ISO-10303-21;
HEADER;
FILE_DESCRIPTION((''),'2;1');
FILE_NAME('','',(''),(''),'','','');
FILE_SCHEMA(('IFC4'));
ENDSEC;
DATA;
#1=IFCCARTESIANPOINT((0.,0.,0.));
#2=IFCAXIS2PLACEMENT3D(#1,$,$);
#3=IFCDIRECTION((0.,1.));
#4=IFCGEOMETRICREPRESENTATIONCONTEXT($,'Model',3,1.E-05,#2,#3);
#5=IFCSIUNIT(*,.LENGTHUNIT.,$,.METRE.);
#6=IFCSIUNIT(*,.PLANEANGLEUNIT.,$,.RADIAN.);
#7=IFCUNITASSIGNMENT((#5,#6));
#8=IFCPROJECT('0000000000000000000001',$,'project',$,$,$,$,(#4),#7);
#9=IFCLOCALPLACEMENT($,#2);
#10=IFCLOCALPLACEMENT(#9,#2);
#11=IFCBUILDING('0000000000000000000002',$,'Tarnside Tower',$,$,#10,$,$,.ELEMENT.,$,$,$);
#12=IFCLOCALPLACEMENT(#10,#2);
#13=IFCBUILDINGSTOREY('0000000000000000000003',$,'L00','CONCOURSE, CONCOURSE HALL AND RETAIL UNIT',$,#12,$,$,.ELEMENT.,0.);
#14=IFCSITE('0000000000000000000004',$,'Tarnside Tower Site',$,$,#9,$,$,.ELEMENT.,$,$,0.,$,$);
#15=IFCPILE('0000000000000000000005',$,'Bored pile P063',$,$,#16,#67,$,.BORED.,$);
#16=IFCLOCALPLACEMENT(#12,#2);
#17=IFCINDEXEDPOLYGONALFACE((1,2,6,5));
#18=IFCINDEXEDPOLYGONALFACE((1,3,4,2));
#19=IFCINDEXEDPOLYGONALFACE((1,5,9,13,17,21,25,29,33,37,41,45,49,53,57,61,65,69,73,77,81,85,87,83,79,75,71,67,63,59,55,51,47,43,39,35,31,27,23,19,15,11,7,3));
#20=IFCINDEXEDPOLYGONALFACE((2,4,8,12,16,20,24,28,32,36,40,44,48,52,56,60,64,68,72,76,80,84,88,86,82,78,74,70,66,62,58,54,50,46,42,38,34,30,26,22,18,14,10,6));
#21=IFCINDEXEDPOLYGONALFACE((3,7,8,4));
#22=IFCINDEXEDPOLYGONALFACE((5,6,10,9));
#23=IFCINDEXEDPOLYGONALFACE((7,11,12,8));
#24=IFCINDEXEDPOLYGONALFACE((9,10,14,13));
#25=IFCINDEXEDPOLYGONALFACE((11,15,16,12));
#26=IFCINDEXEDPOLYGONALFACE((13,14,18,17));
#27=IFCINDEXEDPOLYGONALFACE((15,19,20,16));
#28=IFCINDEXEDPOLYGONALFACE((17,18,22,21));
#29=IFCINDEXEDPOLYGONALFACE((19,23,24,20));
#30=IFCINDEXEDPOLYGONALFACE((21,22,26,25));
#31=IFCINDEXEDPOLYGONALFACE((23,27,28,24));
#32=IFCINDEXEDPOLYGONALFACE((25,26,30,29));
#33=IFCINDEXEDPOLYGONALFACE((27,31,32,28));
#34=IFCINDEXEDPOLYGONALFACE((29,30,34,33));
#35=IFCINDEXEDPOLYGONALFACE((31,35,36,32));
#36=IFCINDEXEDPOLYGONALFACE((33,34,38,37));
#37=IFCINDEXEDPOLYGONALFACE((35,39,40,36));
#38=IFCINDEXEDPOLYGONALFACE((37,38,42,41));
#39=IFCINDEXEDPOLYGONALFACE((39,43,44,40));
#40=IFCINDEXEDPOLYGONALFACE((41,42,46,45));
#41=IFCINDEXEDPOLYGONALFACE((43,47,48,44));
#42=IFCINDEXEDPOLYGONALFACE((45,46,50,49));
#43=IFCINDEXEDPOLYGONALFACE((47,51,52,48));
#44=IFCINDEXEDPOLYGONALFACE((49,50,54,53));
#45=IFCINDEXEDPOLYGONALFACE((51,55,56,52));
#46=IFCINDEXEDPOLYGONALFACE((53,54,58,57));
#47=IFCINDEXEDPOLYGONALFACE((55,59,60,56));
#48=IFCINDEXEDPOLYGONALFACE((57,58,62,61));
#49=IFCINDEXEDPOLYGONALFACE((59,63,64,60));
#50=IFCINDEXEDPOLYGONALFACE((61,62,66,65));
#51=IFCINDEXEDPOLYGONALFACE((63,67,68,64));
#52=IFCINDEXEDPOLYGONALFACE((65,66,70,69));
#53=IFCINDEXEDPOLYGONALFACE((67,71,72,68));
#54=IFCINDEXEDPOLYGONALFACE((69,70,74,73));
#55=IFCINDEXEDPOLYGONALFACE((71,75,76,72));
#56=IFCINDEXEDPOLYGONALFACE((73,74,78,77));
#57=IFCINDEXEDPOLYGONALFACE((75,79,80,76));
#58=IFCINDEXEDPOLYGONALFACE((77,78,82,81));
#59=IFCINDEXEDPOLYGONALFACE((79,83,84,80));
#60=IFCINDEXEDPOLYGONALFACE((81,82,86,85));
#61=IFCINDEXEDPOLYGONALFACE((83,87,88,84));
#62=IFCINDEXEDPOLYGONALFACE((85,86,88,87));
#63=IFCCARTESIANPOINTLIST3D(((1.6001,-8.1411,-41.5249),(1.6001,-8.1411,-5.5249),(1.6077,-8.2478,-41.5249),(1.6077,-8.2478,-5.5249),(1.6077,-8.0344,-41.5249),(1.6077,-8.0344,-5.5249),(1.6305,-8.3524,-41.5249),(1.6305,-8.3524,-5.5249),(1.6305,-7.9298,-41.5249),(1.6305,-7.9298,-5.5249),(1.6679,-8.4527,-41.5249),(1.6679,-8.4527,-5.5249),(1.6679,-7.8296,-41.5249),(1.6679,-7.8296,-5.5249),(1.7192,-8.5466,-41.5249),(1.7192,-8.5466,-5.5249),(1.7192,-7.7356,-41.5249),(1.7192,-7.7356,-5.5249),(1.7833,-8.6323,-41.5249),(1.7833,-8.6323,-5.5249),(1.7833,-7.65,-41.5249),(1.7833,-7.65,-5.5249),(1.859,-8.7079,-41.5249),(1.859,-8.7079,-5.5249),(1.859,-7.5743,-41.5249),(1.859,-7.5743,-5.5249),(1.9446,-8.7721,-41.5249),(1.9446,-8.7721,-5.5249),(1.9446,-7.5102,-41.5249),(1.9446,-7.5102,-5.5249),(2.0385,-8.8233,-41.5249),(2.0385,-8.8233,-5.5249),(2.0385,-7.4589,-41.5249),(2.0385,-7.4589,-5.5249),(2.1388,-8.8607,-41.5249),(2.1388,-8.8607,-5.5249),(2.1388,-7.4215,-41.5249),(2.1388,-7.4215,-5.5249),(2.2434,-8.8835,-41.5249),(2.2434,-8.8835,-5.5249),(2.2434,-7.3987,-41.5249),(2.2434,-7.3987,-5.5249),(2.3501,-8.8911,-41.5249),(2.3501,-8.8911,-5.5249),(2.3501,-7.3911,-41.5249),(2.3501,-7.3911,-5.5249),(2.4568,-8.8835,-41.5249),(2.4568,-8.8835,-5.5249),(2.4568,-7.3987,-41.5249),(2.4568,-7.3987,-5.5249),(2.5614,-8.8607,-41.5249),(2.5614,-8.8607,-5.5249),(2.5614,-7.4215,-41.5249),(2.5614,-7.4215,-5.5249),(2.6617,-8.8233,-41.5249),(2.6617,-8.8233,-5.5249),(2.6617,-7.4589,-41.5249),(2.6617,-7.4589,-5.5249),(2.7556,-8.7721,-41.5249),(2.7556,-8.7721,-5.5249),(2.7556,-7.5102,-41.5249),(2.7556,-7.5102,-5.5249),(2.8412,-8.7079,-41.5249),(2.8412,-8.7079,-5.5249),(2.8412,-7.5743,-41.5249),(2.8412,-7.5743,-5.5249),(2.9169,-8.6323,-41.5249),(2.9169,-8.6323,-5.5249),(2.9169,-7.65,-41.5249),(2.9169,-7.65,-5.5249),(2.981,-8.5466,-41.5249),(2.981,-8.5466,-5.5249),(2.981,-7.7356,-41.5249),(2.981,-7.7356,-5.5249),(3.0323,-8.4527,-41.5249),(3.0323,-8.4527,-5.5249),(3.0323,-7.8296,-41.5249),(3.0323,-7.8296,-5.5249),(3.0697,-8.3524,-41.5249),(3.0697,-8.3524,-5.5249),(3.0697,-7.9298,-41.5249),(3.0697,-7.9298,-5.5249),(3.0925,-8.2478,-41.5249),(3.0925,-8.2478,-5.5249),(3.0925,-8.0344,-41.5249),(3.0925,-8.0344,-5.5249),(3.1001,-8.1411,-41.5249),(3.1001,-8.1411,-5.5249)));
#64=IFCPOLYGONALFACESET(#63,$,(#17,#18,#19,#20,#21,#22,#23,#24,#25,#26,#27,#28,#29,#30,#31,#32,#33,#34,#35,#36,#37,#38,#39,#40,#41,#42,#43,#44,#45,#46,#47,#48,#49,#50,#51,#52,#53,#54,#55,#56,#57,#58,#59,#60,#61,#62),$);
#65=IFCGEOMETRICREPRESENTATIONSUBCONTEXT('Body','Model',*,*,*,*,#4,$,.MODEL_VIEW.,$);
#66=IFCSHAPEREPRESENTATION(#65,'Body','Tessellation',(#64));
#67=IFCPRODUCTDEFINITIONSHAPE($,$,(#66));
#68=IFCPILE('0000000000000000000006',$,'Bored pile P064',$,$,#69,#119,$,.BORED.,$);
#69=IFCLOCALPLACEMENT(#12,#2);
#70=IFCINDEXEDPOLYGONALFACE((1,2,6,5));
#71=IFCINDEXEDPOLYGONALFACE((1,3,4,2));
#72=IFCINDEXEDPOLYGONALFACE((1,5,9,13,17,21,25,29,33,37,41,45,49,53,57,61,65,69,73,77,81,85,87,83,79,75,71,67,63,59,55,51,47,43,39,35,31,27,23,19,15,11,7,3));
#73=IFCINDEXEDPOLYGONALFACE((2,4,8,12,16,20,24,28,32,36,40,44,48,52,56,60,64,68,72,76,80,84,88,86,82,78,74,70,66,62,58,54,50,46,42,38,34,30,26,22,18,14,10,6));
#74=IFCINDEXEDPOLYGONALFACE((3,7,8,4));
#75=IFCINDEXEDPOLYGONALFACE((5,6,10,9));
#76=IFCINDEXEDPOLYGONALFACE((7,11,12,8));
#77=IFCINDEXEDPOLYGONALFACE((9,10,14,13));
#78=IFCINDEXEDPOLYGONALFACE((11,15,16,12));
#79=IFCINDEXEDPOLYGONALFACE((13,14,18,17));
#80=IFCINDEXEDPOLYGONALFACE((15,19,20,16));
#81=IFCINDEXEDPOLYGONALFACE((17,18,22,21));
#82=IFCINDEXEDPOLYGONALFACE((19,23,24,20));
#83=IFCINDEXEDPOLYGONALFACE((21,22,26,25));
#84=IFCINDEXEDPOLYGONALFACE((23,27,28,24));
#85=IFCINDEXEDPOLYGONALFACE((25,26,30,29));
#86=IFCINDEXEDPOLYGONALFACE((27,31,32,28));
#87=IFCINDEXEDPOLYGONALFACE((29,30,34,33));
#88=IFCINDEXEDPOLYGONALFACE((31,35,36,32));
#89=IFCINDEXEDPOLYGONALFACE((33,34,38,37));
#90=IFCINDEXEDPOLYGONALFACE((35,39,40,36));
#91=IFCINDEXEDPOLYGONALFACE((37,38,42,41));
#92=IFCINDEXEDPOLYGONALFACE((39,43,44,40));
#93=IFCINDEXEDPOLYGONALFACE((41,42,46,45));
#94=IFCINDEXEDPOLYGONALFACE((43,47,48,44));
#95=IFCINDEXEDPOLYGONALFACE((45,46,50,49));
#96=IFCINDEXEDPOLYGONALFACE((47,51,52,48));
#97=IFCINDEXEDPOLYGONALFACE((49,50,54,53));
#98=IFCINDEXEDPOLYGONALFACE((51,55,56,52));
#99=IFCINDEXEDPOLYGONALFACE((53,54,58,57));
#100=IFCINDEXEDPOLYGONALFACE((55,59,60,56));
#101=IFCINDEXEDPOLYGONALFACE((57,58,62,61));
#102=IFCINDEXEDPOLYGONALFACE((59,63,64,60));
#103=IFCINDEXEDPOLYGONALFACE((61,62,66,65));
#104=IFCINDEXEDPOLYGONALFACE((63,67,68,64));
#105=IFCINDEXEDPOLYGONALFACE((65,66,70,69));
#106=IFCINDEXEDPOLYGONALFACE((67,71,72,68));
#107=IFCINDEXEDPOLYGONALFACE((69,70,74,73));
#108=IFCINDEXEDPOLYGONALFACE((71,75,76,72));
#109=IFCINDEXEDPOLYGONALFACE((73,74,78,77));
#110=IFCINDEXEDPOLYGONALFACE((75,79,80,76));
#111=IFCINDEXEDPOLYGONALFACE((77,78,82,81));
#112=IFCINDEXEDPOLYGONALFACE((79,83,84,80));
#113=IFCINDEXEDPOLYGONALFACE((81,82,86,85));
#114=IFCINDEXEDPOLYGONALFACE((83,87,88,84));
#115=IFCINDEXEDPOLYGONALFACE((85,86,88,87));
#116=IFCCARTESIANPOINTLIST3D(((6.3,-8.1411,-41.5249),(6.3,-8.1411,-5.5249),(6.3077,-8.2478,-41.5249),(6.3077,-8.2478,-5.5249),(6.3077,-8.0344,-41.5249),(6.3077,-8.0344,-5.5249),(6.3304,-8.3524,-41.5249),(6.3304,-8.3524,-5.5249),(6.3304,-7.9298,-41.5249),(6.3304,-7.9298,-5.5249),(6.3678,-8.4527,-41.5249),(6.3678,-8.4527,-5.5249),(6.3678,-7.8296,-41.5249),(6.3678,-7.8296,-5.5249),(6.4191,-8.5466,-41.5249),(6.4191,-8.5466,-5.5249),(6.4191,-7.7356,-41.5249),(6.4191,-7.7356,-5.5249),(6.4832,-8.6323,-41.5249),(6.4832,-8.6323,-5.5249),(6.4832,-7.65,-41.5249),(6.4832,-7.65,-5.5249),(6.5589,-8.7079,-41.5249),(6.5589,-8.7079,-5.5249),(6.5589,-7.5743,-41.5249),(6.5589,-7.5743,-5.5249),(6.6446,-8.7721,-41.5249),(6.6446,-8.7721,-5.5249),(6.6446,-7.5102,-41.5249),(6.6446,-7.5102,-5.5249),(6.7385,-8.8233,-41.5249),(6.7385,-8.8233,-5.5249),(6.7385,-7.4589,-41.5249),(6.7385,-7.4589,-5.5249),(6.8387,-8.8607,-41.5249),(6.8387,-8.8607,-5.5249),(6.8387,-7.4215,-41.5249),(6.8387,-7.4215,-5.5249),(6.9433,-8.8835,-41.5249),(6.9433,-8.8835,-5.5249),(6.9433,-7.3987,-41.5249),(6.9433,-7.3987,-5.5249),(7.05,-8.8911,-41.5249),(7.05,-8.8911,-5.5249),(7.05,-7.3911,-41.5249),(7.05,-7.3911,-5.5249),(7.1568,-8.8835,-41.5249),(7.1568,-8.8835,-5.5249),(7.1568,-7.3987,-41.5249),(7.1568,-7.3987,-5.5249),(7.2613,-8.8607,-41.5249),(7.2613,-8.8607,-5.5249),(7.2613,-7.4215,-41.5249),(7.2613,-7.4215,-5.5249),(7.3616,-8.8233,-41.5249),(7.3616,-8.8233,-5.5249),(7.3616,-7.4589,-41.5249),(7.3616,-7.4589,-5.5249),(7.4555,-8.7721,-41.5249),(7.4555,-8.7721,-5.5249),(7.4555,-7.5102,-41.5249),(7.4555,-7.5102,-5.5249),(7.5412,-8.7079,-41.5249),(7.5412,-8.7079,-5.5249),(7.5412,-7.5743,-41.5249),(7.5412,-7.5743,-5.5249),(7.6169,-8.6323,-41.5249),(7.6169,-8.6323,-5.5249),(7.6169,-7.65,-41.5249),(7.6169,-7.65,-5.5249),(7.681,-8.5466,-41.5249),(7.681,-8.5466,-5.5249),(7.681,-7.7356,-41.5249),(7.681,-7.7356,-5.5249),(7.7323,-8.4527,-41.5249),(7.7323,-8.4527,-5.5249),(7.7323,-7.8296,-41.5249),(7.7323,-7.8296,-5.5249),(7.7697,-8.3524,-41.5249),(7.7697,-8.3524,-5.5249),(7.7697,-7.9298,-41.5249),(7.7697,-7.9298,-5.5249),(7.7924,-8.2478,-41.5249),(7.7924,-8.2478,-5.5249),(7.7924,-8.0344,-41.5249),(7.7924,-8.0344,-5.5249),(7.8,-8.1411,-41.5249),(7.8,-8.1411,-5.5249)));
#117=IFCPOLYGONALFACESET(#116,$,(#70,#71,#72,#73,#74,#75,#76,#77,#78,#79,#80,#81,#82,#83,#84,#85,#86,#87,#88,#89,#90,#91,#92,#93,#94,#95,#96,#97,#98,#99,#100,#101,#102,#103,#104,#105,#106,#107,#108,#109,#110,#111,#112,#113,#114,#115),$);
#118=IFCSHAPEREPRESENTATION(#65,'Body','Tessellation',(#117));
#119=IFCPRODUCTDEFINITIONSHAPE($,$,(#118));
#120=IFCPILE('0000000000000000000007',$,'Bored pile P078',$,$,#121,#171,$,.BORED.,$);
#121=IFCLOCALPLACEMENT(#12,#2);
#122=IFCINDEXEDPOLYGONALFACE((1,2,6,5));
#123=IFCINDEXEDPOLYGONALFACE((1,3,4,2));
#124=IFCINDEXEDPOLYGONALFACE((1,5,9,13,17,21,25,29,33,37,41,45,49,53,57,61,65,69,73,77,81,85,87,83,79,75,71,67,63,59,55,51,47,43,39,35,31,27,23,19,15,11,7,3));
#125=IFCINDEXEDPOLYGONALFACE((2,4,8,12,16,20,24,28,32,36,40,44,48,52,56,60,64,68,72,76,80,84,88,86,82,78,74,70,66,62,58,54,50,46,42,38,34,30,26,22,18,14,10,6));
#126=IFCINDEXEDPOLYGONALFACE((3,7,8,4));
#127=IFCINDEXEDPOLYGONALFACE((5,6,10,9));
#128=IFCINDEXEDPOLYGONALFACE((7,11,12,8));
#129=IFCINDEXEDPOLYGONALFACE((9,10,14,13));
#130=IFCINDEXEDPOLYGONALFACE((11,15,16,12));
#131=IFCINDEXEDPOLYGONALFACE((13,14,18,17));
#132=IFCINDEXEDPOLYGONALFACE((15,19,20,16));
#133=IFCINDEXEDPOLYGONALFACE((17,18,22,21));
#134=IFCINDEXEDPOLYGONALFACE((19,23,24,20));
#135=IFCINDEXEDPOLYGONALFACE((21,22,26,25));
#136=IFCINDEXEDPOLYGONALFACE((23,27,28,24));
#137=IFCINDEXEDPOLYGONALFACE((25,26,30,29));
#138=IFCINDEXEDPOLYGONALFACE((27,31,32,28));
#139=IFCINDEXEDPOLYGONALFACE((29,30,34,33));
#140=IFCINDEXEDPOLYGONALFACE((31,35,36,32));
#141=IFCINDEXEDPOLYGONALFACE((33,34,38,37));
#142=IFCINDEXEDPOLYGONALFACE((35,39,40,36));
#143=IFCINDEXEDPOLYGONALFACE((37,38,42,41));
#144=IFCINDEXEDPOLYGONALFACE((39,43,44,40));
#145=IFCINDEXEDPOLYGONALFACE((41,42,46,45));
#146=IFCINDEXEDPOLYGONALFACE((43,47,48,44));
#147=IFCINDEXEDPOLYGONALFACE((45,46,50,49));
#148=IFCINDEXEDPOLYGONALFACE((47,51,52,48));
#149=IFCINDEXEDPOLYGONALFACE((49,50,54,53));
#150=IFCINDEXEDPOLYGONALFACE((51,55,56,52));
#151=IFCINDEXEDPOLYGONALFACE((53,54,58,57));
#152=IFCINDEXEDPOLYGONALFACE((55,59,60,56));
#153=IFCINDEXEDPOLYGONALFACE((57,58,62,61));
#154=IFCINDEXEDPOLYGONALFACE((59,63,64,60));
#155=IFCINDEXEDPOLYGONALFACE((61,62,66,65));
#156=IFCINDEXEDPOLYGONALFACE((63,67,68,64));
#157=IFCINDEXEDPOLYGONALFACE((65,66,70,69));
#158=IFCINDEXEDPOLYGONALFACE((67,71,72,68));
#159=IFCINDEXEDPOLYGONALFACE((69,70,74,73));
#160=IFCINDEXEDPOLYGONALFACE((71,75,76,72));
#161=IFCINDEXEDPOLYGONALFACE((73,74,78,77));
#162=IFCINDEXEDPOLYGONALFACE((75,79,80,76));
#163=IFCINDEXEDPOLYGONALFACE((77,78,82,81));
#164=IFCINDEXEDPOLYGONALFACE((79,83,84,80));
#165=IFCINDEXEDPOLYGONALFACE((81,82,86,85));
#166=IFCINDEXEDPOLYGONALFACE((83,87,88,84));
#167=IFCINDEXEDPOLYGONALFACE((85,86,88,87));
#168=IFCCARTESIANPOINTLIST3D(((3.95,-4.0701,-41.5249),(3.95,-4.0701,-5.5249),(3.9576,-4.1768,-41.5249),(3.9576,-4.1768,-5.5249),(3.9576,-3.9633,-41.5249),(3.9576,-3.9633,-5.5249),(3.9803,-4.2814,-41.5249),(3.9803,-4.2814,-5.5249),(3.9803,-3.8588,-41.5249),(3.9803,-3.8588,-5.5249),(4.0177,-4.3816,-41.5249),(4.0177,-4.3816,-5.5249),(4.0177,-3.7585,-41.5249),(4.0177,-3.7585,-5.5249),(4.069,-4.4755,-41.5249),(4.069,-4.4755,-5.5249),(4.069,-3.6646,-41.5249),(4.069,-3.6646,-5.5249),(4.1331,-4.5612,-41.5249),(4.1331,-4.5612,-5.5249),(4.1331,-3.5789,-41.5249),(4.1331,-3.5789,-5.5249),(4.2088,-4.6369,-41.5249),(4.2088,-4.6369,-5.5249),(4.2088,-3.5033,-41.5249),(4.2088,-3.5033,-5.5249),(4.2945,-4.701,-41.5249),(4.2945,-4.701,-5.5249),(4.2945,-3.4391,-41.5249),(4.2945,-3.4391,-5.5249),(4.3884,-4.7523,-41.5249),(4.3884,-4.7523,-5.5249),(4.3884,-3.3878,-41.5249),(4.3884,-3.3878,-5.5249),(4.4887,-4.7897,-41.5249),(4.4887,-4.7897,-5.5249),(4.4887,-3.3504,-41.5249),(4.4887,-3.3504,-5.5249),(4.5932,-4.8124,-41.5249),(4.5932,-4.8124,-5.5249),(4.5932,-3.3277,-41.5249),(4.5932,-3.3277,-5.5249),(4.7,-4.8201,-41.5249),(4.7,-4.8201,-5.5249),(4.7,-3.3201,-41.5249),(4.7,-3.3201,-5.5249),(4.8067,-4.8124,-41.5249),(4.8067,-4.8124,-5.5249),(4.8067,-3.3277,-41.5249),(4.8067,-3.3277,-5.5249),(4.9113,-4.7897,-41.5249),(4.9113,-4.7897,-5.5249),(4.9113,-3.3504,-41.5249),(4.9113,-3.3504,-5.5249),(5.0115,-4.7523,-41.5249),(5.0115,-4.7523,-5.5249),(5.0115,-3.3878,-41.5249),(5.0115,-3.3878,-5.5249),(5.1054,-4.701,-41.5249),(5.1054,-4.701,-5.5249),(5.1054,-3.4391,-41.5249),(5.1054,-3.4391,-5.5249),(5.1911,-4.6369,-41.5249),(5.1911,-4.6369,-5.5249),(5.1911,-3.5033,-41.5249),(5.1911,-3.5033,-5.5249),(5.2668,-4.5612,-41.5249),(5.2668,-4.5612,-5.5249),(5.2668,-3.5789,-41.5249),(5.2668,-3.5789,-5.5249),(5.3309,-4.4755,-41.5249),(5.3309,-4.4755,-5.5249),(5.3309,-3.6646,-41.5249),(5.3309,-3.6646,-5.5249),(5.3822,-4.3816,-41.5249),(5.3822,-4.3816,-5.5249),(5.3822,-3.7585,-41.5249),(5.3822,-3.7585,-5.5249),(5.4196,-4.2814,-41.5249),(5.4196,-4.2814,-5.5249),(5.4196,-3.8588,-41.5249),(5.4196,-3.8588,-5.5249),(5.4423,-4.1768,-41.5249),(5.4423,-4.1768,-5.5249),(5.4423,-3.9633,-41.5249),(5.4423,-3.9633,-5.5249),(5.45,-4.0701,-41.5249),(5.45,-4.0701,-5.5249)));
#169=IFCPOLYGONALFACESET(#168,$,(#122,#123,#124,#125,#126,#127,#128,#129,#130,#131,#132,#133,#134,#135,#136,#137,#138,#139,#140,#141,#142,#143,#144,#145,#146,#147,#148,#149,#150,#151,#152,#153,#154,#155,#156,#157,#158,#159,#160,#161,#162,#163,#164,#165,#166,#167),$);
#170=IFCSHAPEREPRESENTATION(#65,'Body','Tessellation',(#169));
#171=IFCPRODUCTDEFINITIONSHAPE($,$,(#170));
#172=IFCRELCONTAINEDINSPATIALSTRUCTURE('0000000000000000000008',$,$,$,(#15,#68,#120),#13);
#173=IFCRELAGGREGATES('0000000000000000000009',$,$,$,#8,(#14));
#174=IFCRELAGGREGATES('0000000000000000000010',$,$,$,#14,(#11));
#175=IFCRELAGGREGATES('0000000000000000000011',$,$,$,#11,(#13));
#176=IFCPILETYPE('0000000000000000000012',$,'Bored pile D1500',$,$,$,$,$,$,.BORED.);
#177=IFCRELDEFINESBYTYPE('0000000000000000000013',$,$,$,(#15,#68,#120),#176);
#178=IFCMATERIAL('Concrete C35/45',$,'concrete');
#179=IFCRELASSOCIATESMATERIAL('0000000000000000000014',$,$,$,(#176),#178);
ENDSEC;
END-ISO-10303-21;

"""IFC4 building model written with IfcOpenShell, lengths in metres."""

from ifc_helpers import new_model, si_unit, direction, frame, origin, origin_2d, place, context, subcontext, project, spatial, circle, extrude, material, material_profile, profile_set, type_object, element, save


model = new_model("IFC4")

# Units and contexts
model_context = context("Model", 3, precision=1e-05, world=origin(), true_north=direction((0.0, 1.0)))
body_context = subcontext(model_context, "Body", "Model", "MODEL_VIEW")
ifc_project = project(units=[si_unit("LENGTHUNIT", "METRE"), si_unit("PLANEANGLEUNIT", "RADIAN")], contexts=[model_context])

# Site, building, storey
site_placement = place(None, origin())
site = spatial("IfcSite", under=ifc_project, at=site_placement, Name="Tarnside Tower Site", CompositionType="ELEMENT", RefElevation=0.0)
building_placement = place(site_placement, origin())
building = spatial("IfcBuilding", under=site, at=building_placement, Name="Tarnside Tower", CompositionType="ELEMENT")
storey_placement = place(building_placement, origin())
storey = spatial("IfcBuildingStorey", under=building, at=storey_placement, Name="L00", Description="CONCOURSE, CONCOURSE HALL AND RETAIL UNIT", CompositionType="ELEMENT", Elevation=0.0)

# Piles
ifc_material_1 = material(Name="Concrete C35/45", Category="concrete")
ifc_material_profile_1 = material_profile(ifc_material_1, circle(Radius=0.75, at=origin_2d()), Name="Bored pile D1500")
ifc_profile_set_1 = profile_set([ifc_material_profile_1], Name="Concrete C35/45")
pile_type = type_object("IfcPileType", Name="Bored pile D1500", PredefinedType="BORED", material=ifc_profile_set_1)
for number, where, z_axis, x_axis, name in (
    (1, (2.3501, -8.1411, -5.5249), (0.0, 0.0, -1.0), (1.0, 0.0, 0.0), "Bored pile P063"),
    (2, (7.05, -8.1411, -5.5249), (0.0, 0.0, -1.0), (1.0, 0.0, 0.0), "Bored pile P064"),
    (3, (4.7, -4.0701, -5.5249), (0.0, 0.0, -1.0), (1.0, 0.0, 0.0), "Bored pile P078"),
):
    element("IfcPile", number, at=place(storey_placement, frame(where, z_axis=z_axis, x_axis=x_axis)), inside=storey, type_object=pile_type, Name=name, PredefinedType="BORED", context=body_context, shape_type="SweptSolid", body=[
        extrude(circle(Radius=0.75, at=origin_2d()), origin(), (0.0, 0.0, 1.0), 36.0),
    ])

save(model, "model.ifc")
